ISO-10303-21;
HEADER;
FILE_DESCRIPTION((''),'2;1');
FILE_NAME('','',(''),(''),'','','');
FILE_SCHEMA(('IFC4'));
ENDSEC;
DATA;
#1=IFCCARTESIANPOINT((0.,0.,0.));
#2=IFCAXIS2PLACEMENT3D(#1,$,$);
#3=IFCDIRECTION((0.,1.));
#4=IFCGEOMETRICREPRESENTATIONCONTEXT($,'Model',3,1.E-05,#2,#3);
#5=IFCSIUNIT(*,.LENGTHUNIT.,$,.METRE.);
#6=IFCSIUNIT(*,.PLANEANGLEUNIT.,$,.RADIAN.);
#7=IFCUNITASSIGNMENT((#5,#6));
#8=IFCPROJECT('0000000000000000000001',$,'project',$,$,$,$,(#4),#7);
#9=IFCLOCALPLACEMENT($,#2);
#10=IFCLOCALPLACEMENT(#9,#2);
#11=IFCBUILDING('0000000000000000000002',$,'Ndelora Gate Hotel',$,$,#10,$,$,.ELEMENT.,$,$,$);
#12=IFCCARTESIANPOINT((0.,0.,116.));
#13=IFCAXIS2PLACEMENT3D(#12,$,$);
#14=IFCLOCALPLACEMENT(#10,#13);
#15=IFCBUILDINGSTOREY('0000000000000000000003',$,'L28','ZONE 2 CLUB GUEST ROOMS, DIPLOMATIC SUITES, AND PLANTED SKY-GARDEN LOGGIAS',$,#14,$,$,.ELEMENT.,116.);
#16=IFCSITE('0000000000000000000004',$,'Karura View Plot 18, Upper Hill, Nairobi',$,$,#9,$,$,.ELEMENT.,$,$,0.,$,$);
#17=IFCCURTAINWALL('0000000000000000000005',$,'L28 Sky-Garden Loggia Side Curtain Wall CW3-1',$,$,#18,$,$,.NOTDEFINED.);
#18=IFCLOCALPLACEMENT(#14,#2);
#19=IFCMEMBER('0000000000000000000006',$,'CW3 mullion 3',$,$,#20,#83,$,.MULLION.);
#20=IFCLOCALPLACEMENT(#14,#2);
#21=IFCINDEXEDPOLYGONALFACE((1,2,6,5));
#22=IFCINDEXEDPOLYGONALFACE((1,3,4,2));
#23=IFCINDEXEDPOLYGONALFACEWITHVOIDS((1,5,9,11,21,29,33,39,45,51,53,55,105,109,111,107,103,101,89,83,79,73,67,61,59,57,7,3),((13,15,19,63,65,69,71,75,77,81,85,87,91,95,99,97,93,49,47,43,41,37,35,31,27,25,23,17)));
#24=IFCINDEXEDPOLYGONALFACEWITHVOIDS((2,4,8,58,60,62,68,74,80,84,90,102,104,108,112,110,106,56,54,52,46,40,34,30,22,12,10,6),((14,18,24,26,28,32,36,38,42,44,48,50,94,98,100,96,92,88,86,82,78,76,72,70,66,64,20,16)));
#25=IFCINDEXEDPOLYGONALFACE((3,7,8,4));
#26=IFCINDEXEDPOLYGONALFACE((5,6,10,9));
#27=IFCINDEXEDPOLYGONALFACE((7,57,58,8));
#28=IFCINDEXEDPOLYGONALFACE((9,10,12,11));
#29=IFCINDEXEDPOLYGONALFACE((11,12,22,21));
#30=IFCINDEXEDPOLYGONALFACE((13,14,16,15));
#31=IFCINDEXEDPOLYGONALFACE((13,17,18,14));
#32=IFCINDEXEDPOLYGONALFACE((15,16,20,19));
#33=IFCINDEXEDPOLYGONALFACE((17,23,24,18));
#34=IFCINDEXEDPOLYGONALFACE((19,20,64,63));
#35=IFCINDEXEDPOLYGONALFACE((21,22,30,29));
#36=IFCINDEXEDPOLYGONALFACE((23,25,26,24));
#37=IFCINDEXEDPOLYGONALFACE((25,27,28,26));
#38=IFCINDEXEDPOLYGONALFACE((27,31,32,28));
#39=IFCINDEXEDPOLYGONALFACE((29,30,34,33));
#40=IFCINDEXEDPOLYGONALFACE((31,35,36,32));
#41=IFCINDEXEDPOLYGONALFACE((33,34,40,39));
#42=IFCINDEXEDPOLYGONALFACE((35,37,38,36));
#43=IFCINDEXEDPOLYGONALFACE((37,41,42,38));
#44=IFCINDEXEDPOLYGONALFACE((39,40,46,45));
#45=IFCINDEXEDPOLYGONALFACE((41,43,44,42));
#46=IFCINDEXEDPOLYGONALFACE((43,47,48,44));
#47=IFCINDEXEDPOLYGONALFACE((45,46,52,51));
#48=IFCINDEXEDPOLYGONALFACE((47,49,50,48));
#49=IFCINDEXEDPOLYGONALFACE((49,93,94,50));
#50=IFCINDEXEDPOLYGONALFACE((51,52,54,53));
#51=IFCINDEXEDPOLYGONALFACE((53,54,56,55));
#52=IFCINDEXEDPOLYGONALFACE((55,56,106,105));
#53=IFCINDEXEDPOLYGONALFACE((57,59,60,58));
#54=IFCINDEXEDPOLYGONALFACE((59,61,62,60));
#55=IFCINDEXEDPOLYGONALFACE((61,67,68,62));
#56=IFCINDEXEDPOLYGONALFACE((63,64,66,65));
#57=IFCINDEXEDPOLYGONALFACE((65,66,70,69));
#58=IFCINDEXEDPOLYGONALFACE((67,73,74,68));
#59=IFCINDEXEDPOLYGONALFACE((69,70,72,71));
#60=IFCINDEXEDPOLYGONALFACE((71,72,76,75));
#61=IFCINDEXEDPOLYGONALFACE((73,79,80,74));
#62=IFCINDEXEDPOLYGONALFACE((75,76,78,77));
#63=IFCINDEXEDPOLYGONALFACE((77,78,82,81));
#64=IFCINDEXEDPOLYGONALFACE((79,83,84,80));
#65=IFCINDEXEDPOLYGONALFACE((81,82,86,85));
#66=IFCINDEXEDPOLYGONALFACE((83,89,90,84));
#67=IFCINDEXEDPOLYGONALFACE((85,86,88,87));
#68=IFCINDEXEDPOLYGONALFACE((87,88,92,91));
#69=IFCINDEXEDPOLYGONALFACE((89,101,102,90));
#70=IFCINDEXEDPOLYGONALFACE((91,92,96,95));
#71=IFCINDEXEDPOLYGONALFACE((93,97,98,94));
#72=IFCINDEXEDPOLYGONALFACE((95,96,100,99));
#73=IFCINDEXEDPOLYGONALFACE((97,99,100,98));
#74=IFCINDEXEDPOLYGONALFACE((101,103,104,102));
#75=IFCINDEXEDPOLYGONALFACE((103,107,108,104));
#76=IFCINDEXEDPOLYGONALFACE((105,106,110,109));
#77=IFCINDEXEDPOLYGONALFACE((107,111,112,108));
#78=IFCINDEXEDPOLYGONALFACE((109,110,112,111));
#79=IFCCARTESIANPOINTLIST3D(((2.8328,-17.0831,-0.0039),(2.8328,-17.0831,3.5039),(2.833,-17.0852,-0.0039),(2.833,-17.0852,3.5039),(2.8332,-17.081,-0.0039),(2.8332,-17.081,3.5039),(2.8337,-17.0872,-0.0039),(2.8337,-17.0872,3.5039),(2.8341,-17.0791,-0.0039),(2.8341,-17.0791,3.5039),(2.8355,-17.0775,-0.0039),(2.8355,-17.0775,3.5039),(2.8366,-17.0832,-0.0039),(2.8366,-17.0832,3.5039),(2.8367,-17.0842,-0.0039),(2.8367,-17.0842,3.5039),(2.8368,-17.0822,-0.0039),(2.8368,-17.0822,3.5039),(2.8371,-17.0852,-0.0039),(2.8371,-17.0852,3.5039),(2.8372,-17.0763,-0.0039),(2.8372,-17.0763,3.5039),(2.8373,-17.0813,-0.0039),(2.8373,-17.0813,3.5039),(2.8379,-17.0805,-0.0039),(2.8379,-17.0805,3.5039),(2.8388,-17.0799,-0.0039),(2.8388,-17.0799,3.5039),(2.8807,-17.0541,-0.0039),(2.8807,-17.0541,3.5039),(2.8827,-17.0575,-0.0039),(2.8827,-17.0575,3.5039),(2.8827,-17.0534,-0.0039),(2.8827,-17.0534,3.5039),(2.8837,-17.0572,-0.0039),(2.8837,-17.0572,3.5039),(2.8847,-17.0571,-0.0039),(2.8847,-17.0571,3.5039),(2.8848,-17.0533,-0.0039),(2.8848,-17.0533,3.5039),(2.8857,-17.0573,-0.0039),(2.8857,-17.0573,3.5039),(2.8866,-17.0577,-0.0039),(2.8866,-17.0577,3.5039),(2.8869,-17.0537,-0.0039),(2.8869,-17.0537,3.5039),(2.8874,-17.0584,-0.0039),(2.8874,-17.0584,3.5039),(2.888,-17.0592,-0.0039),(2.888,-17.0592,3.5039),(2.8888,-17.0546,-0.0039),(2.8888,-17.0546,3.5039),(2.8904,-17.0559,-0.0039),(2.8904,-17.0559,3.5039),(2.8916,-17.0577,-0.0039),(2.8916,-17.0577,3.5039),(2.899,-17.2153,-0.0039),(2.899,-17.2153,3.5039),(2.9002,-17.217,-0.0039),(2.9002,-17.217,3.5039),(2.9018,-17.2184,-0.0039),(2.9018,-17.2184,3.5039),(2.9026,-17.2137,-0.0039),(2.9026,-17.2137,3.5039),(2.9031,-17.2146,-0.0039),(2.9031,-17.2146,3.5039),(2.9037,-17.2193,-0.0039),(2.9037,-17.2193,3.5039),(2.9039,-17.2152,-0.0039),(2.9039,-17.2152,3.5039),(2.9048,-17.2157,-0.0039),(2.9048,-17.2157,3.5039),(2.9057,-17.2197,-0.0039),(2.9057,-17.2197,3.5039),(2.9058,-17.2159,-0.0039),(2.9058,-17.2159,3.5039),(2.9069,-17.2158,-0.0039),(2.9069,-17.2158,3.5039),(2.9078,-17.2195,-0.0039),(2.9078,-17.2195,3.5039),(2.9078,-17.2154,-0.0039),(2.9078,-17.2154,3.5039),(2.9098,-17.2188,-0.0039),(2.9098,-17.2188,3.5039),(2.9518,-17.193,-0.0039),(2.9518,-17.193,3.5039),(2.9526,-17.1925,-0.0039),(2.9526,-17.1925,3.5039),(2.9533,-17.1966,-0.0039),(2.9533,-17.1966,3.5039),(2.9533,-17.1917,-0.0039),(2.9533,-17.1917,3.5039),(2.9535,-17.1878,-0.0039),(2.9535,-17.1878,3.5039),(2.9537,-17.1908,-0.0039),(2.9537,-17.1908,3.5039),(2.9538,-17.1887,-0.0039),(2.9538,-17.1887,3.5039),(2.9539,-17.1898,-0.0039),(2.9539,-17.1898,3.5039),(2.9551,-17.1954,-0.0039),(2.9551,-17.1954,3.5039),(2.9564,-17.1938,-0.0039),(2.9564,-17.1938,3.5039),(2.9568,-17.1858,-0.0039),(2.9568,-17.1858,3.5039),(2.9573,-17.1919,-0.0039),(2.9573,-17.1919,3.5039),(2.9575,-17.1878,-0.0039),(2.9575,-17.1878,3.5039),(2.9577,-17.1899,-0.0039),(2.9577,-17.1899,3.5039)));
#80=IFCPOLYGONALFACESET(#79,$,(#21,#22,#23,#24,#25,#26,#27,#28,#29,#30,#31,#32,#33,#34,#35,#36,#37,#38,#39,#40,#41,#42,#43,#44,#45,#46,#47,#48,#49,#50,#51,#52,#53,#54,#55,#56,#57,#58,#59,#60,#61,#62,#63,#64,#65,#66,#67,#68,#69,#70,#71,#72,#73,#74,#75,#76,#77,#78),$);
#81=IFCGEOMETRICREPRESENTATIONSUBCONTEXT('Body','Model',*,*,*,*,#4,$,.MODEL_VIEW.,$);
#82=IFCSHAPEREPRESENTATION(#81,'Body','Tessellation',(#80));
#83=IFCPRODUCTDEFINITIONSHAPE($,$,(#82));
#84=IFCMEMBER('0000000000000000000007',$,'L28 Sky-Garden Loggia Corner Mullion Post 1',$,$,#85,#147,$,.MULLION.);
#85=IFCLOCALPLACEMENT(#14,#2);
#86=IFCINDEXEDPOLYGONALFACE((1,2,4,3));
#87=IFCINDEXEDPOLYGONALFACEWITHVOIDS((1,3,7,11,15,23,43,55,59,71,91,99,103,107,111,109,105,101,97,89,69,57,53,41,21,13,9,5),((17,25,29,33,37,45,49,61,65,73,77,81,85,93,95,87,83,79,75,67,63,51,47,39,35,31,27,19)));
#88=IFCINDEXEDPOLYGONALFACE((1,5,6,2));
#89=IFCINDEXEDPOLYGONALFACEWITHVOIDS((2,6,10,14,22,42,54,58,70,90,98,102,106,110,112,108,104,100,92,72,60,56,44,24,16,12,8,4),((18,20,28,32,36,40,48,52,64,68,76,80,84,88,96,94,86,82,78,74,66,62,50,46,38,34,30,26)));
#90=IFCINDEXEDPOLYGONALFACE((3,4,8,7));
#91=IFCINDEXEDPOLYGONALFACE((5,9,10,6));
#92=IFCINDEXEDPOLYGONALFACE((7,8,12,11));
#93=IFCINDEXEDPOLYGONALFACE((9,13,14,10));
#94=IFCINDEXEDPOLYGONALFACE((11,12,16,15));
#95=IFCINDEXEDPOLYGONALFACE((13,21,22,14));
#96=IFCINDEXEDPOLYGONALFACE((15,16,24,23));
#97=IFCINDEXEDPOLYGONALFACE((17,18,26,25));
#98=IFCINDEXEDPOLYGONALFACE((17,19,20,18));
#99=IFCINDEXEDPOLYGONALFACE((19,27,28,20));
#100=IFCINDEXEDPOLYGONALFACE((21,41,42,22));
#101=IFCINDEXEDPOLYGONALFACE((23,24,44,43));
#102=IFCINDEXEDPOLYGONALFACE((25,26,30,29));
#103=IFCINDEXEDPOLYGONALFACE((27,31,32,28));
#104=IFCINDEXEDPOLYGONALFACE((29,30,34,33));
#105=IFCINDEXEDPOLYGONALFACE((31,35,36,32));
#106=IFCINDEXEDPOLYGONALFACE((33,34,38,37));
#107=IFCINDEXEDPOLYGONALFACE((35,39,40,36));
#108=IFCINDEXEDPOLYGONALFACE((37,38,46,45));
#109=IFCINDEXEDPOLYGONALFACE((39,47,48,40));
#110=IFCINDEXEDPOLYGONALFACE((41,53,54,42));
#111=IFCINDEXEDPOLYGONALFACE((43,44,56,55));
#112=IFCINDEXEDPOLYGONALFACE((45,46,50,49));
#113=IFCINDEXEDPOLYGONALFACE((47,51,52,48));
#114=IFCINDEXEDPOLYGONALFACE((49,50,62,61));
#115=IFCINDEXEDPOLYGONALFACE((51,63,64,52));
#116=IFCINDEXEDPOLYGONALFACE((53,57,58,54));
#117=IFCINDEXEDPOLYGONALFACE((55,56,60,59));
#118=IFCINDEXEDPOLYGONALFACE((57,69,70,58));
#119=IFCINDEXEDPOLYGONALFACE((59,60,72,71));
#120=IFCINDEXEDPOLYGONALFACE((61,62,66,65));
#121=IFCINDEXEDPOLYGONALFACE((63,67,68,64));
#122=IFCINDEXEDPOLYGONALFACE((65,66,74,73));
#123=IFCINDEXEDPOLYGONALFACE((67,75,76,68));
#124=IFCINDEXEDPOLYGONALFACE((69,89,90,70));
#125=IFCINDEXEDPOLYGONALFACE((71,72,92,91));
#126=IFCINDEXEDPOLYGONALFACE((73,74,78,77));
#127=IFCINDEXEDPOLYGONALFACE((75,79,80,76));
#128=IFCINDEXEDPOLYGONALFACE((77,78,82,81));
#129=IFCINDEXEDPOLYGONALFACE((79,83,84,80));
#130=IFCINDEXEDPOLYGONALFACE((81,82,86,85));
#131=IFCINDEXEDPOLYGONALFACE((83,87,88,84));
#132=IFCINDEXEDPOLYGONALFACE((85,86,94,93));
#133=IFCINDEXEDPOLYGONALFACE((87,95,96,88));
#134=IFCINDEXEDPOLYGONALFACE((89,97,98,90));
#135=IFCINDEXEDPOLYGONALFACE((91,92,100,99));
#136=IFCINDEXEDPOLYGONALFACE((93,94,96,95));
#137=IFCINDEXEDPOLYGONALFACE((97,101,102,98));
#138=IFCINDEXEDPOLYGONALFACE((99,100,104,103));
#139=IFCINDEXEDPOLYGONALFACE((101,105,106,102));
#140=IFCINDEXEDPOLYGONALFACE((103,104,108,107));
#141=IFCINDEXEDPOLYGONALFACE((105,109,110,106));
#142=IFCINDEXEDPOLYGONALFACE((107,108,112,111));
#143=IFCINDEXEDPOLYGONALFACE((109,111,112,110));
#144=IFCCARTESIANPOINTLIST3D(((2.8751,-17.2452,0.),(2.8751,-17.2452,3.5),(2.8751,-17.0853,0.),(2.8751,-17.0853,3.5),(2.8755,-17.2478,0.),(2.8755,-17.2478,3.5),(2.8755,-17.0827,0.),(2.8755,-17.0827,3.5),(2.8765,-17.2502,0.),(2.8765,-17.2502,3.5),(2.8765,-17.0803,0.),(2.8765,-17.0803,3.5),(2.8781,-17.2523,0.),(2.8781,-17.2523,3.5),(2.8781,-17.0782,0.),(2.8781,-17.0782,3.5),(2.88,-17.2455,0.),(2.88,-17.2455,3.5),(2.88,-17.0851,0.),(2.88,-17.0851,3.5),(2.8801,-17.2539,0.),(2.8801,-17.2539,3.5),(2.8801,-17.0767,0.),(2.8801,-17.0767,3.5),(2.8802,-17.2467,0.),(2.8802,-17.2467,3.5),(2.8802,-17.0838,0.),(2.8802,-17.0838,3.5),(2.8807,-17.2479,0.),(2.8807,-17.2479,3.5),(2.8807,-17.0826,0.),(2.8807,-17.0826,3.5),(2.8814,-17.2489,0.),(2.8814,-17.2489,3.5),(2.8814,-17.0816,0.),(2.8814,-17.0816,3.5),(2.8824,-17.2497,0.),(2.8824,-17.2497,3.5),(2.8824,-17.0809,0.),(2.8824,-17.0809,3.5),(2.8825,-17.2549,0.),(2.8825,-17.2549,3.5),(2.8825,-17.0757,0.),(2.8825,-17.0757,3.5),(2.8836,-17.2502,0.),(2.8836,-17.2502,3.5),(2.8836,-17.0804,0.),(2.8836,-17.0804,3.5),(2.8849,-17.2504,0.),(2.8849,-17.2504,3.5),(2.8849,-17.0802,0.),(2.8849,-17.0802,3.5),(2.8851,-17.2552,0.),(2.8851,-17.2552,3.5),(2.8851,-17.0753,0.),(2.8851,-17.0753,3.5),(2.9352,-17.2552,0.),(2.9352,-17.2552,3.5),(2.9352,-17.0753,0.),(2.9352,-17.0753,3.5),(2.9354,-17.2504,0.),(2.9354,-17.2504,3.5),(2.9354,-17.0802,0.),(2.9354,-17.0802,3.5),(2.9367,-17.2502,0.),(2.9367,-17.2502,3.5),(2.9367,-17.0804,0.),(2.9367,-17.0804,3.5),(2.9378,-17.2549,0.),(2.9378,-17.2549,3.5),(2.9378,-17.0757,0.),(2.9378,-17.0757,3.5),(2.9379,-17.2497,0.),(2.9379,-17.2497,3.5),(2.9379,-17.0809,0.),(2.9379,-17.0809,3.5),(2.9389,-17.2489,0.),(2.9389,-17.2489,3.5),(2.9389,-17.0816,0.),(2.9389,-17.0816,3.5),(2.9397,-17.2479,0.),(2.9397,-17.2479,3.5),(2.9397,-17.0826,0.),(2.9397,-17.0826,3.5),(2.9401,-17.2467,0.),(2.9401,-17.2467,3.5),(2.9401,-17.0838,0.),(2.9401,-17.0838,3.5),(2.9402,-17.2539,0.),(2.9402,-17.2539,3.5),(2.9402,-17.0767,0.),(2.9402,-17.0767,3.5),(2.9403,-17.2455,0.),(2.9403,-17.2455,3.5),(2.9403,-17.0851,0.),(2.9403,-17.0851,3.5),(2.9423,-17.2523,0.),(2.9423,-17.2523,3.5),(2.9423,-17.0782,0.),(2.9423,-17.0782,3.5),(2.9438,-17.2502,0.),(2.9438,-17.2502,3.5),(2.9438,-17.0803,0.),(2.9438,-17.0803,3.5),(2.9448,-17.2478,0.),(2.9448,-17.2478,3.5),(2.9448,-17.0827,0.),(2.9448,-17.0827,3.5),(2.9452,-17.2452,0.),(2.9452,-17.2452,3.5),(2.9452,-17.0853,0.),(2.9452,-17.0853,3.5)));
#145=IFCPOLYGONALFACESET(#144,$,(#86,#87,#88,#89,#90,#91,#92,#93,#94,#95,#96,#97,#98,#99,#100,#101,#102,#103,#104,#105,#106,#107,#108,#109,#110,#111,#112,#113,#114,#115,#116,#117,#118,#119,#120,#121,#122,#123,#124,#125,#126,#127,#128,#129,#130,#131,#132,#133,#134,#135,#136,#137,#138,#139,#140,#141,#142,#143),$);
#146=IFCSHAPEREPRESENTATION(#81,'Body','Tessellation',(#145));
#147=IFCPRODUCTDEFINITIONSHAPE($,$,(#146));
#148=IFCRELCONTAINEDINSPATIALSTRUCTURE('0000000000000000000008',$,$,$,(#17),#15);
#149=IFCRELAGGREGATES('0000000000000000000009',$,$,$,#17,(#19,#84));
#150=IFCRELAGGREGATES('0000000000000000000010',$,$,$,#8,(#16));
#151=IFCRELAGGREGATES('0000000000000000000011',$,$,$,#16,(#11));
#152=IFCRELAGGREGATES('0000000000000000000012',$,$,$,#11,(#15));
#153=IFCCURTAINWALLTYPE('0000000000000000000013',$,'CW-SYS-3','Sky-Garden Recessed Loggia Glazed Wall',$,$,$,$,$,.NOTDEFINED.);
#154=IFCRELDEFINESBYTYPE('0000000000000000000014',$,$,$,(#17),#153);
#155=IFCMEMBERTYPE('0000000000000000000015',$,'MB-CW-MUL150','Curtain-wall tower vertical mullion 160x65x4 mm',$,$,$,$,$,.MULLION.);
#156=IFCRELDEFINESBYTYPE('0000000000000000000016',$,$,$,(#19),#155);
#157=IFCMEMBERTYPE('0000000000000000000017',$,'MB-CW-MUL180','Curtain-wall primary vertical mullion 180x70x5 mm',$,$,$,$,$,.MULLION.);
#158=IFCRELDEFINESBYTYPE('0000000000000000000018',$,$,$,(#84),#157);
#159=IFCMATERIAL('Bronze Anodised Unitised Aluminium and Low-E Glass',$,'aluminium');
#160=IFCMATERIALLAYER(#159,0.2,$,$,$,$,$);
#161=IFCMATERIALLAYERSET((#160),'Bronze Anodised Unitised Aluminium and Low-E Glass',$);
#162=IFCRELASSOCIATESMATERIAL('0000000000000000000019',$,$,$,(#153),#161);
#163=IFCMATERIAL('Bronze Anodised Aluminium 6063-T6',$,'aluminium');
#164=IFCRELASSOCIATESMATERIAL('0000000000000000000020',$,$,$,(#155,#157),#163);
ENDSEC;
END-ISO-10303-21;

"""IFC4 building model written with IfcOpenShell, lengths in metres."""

from ifc_helpers import new_model, si_unit, direction, frame, origin, origin_2d, place, context, subcontext, project, spatial, hollow_rectangle, extrude, material, layer, layer_set, material_profile, profile_set, type_object, element, aggregate, save


model = new_model("IFC4")

# Units and contexts
model_context = context("Model", 3, precision=1e-05, world=origin(), true_north=direction((0.0, 1.0)))
body_context = subcontext(model_context, "Body", "Model", "MODEL_VIEW")
ifc_project = project(units=[si_unit("LENGTHUNIT", "METRE"), si_unit("PLANEANGLEUNIT", "RADIAN")], contexts=[model_context])

# Site, building, storey
site_placement = place(None, origin())
site = spatial("IfcSite", under=ifc_project, at=site_placement, Name="Karura View Plot 18, Upper Hill, Nairobi", CompositionType="ELEMENT", RefElevation=0.0)
building_placement = place(site_placement, origin())
building = spatial("IfcBuilding", under=site, at=building_placement, Name="Ndelora Gate Hotel", CompositionType="ELEMENT")
storey_placement = place(building_placement, frame((0.0, 0.0, 116.0)))
storey = spatial("IfcBuildingStorey", under=building, at=storey_placement, Name="L28", Description="ZONE 2 CLUB GUEST ROOMS, DIPLOMATIC SUITES, AND PLANTED SKY-GARDEN LOGGIAS", CompositionType="ELEMENT", Elevation=116.0)

# Curtain wall, members
ifc_material_1 = material(Name="Bronze Anodised Unitised Aluminium and Low-E Glass", Category="aluminium")
ifc_layer_1 = layer(ifc_material_1, 0.2)
ifc_layer_set_1 = layer_set([ifc_layer_1], Name="Bronze Anodised Unitised Aluminium and Low-E Glass")
curtain_wall_type = type_object("IfcCurtainWallType", Name="CW-SYS-3", Description="Sky-Garden Recessed Loggia Glazed Wall", PredefinedType="NOTDEFINED", material=ifc_layer_set_1)
curtain_wall_placement = place(storey_placement, origin())
curtain_wall = element("IfcCurtainWall", 1, at=curtain_wall_placement, inside=storey, type_object=curtain_wall_type, Name="L28 Sky-Garden Loggia Side Curtain Wall CW3-1", PredefinedType="NOTDEFINED")
ifc_material_2 = material(Name="Bronze Anodised Aluminium 6063-T6", Category="aluminium")
ifc_material_profile_1 = material_profile(ifc_material_2, hollow_rectangle(XDim=0.0649, YDim=0.1599, WallThickness=0.0039, InnerFilletRadius=0.0039, OuterFilletRadius=0.0081, at=origin_2d()), Name="ALU 160x65x4")
ifc_profile_set_1 = profile_set([ifc_material_profile_1], Name="Bronze Anodised Aluminium 6063-T6")
member_type_1 = type_object("IfcMemberType", Name="MB-CW-MUL150", Description="Curtain-wall tower vertical mullion 160x65x4 mm", PredefinedType="MULLION", material=ifc_profile_set_1)
member_1_placement = place(storey_placement, frame((2.8953, -17.1365, -0.0039), z_axis=(0.0, 0.0, 1.0), x_axis=(0.891001, 0.454001, 0.0)))
member_1 = element("IfcMember", 2, at=member_1_placement, type_object=member_type_1, Name="CW3 mullion 3", PredefinedType="MULLION", context=body_context, shape_type="SweptSolid", body=[
    extrude(hollow_rectangle(XDim=0.0649, YDim=0.1599, WallThickness=0.0039, InnerFilletRadius=0.0039, OuterFilletRadius=0.0081, at=origin_2d()), origin(), (0.0, 0.0, 1.0), 3.5078),
])
ifc_material_profile_2 = material_profile(ifc_material_2, hollow_rectangle(XDim=0.0701, YDim=0.1799, WallThickness=0.0049, InnerFilletRadius=0.0049, OuterFilletRadius=0.01, at=origin_2d()), Name="ALU 180x70x5")
ifc_profile_set_2 = profile_set([ifc_material_profile_2], Name="Bronze Anodised Aluminium 6063-T6")
member_type_2 = type_object("IfcMemberType", Name="MB-CW-MUL180", Description="Curtain-wall primary vertical mullion 180x70x5 mm", PredefinedType="MULLION", material=ifc_profile_set_2)
member_2_placement = place(storey_placement, frame((2.9102, -17.1653, 0.0), z_axis=(0.0, 0.0, 1.0), x_axis=(1.0, 0.0, 0.0)))
member_2 = element("IfcMember", 3, at=member_2_placement, type_object=member_type_2, Name="L28 Sky-Garden Loggia Corner Mullion Post 1", PredefinedType="MULLION", context=body_context, shape_type="SweptSolid", body=[
    extrude(hollow_rectangle(XDim=0.0701, YDim=0.1799, WallThickness=0.0049, InnerFilletRadius=0.0049, OuterFilletRadius=0.01, at=origin_2d()), origin(), (0.0, 0.0, 1.0), 3.5),
])
aggregate(curtain_wall, [member_1, member_2])

save(model, "model.ifc")
